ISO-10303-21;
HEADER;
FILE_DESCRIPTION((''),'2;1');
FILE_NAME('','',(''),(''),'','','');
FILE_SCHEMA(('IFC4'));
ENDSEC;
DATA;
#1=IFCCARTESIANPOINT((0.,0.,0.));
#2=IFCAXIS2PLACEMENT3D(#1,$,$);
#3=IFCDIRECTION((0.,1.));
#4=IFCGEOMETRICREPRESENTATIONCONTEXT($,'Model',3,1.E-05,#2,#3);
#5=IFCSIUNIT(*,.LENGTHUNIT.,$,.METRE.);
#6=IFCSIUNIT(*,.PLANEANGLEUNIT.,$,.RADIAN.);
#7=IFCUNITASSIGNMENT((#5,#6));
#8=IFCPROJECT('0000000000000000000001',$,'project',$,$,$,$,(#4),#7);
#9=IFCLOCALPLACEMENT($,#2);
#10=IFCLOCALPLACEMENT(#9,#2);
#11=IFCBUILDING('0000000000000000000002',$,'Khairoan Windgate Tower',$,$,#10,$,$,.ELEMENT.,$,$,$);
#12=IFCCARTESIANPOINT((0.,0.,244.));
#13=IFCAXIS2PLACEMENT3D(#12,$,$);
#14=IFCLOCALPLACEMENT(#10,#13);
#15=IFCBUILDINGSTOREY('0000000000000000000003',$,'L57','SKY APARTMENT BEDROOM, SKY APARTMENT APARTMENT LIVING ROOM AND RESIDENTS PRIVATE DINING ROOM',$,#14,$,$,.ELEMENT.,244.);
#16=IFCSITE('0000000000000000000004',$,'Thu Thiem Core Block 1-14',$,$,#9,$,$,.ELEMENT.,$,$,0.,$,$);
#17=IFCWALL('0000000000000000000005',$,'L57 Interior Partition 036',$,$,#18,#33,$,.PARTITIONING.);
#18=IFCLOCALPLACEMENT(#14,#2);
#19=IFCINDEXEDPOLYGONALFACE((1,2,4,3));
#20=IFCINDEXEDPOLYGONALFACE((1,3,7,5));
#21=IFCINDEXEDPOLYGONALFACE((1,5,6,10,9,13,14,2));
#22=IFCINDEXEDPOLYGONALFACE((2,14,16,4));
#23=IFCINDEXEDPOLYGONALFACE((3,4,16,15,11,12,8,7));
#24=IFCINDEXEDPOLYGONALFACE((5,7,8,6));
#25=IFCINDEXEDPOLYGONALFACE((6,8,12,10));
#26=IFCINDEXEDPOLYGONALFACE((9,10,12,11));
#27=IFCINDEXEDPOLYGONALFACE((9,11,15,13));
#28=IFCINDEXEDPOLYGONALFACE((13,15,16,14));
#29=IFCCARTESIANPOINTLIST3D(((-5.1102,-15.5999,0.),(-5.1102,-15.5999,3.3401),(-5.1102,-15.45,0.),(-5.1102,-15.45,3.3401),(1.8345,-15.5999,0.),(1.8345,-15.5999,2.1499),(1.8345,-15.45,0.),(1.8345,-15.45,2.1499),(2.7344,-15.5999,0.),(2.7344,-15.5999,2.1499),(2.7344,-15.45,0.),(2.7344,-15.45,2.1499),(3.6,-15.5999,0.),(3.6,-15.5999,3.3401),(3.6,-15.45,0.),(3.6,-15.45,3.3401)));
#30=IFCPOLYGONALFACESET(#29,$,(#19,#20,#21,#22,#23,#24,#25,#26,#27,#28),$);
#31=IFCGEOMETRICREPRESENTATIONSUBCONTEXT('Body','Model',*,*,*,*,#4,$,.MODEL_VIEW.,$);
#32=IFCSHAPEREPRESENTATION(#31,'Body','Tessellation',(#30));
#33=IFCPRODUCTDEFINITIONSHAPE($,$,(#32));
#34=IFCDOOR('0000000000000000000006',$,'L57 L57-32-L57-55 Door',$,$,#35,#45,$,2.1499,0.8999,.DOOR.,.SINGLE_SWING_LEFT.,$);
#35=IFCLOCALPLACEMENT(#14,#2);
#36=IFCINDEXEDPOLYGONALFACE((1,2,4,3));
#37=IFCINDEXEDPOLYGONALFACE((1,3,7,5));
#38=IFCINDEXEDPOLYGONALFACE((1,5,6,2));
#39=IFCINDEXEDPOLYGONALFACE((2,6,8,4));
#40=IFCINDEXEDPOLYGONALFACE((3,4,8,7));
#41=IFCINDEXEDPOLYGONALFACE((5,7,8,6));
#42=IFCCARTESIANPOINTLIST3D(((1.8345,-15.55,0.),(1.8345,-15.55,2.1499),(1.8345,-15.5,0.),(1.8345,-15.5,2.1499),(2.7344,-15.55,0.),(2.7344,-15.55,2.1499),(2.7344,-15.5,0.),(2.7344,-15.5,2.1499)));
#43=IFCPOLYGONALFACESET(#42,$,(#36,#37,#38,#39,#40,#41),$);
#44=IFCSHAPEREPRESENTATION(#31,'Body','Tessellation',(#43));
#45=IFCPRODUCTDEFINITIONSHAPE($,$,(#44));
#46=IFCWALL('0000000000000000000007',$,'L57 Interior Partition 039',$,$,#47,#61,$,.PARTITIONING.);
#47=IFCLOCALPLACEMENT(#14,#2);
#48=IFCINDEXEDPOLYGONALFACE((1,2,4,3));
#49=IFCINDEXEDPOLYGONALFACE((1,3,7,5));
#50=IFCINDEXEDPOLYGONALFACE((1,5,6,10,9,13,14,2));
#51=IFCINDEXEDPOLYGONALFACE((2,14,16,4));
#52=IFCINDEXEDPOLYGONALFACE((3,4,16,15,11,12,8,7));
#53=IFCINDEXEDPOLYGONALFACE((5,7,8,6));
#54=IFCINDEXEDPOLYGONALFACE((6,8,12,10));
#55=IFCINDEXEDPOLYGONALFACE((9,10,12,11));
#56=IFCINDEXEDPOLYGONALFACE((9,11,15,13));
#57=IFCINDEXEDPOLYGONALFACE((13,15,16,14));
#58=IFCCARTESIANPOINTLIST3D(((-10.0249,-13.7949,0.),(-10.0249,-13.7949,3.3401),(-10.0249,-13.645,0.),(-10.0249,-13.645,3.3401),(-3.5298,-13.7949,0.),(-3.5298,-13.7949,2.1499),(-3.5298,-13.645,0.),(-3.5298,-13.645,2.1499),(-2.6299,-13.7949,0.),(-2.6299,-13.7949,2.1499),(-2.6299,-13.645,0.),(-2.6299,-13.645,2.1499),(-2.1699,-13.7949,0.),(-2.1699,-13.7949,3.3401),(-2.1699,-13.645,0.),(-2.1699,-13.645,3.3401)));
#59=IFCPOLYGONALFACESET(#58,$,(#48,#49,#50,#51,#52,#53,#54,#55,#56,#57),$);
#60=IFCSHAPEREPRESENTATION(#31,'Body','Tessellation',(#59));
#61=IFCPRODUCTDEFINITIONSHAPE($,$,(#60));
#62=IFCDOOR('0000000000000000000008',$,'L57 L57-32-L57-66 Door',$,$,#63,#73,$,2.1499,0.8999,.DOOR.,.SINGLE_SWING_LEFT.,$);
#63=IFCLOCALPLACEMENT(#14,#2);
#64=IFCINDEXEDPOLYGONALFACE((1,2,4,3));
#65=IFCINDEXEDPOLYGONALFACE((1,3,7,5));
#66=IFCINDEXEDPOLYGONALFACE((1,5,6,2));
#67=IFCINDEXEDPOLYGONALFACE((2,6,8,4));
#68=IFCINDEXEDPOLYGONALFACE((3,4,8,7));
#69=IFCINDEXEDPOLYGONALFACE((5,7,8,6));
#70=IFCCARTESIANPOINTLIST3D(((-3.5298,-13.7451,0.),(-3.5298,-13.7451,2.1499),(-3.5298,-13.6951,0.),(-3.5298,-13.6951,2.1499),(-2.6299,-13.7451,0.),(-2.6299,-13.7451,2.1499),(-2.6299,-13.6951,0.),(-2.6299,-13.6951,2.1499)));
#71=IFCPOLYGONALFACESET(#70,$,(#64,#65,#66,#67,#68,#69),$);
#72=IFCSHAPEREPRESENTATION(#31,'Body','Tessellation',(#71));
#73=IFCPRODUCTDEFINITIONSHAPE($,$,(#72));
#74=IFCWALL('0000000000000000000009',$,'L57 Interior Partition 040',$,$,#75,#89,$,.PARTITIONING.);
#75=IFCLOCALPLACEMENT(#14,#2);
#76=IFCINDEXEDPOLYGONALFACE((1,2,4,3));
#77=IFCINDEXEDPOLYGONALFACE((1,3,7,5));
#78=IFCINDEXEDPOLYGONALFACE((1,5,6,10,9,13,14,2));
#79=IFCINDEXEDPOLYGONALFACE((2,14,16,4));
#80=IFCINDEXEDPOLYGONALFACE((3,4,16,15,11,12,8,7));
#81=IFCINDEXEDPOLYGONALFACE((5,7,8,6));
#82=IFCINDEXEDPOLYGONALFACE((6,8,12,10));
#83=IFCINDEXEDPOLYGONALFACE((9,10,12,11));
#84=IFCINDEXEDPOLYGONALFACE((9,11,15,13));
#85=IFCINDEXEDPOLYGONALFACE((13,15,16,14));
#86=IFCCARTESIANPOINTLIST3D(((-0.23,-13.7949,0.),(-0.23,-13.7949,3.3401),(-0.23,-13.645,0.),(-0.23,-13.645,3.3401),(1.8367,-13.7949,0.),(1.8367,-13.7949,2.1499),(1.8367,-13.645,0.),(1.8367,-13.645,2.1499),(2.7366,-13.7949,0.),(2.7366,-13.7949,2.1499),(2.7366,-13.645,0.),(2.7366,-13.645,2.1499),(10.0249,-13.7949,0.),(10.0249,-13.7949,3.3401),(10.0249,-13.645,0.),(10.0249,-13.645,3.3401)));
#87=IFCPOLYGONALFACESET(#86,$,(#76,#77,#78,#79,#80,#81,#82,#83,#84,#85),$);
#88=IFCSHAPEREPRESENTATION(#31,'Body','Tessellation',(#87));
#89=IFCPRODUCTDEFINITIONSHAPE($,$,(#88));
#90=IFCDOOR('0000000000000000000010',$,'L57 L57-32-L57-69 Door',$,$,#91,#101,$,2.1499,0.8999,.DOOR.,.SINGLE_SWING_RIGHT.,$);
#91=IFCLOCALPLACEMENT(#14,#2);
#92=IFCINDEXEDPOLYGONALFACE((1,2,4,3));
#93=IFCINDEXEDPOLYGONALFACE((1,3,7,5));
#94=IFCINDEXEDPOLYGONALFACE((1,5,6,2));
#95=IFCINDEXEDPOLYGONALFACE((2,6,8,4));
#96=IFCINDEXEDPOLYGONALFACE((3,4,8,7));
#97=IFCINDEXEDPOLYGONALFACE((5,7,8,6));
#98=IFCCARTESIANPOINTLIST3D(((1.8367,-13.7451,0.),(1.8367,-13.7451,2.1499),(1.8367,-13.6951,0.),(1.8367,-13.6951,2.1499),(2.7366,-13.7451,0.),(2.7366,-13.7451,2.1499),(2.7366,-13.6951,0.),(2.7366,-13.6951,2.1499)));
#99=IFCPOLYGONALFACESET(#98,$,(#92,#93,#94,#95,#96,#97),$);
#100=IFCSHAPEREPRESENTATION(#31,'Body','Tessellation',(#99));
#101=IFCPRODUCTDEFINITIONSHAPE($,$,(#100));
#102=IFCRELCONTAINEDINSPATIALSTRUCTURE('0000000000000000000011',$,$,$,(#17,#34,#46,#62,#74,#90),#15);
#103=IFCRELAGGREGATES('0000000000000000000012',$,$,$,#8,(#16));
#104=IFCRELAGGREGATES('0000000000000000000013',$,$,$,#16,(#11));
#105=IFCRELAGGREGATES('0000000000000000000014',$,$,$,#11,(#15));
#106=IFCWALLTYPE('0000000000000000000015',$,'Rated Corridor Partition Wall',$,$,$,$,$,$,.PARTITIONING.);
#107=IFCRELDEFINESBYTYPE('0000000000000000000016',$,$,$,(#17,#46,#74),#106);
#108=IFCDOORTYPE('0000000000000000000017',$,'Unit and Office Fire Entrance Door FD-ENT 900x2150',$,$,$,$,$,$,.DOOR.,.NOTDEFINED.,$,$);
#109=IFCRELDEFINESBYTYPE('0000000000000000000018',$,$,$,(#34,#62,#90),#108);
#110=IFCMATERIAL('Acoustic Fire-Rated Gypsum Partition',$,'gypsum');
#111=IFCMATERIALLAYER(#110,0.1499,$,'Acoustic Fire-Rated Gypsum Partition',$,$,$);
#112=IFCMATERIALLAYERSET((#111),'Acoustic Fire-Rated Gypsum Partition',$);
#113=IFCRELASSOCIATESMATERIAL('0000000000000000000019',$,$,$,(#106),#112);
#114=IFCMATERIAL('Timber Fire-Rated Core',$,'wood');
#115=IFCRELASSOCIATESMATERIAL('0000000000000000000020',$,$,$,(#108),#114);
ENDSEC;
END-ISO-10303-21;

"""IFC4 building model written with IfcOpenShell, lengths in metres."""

from ifc_helpers import new_model, si_unit, direction, frame, frame_2d, origin, place, context, subcontext, project, spatial, rectangle, extrude, material, layer, layer_set, type_object, element, fill, save


model = new_model("IFC4")

# Units and contexts
model_context = context("Model", 3, precision=1e-05, world=origin(), true_north=direction((0.0, 1.0)))
body_context = subcontext(model_context, "Body", "Model", "MODEL_VIEW")
ifc_project = project(units=[si_unit("LENGTHUNIT", "METRE"), si_unit("PLANEANGLEUNIT", "RADIAN")], contexts=[model_context])

# Site, building, storey
site_placement = place(None, origin())
site = spatial("IfcSite", under=ifc_project, at=site_placement, Name="Thu Thiem Core Block 1-14", CompositionType="ELEMENT", RefElevation=0.0)
building_placement = place(site_placement, origin())
building = spatial("IfcBuilding", under=site, at=building_placement, Name="Khairoan Windgate Tower", CompositionType="ELEMENT")
storey_placement = place(building_placement, frame((0.0, 0.0, 244.0)))
storey = spatial("IfcBuildingStorey", under=building, at=storey_placement, Name="L57", Description="SKY APARTMENT BEDROOM, SKY APARTMENT APARTMENT LIVING ROOM AND RESIDENTS PRIVATE DINING ROOM", CompositionType="ELEMENT", Elevation=244.0)

# Shared definitions
ifc_material_1 = material(Name="Acoustic Fire-Rated Gypsum Partition", Category="gypsum")
ifc_layer_1 = layer(ifc_material_1, 0.1499, Name="Acoustic Fire-Rated Gypsum Partition")
ifc_layer_set_1 = layer_set([ifc_layer_1], Name="Acoustic Fire-Rated Gypsum Partition")
wall_type_1 = type_object("IfcWallType", Name="Rated Corridor Partition Wall", PredefinedType="PARTITIONING", material=ifc_layer_set_1)
ifc_material_2 = material(Name="Timber Fire-Rated Core", Category="wood")
door_type = type_object("IfcDoorType", Name="Unit and Office Fire Entrance Door FD-ENT 900x2150", OperationType="NOTDEFINED", PredefinedType="DOOR", material=ifc_material_2)

# Walls, openings, doors
wall_1_placement = place(storey_placement, frame((-5.1101, -15.5249, 0.0), z_axis=(0.0, 0.0, 1.0), x_axis=(1.0, 0.0, 0.0)))
wall_1 = element("IfcWall", 1, at=wall_1_placement, inside=storey, type_object=wall_type_1, Name="L57 Interior Partition 036", PredefinedType="PARTITIONING", context=body_context, shape_type="SweptSolid", body=[
    extrude(rectangle(XDim=8.7102, YDim=0.1499, at=frame_2d((4.355, 0.0))), origin(), (0.0, 0.0, 1.0), 3.3401),
])
opening_1_placement = place(wall_1_placement, frame((6.9446, 0.0, 0.0)))
opening_1 = element("IfcOpeningElement", 2, at=opening_1_placement, cuts=wall_1, PredefinedType="OPENING", context=body_context, shape_type="SweptSolid", body=[
    extrude(rectangle(XDim=0.8999, YDim=2.1499, at=frame_2d((0.45, 1.075))), frame((0.0, 0.085, 0.0), z_axis=(0.0, -1.0, 0.0), x_axis=(1.0, 0.0, 0.0)), (0.0, 0.0, 1.0), 0.1699),
])
door_1_placement = place(opening_1_placement, origin())
door_1 = element("IfcDoor", 3, at=door_1_placement, inside=storey, type_object=door_type, Name="L57 L57-32-L57-55 Door", OperationType="SINGLE_SWING_LEFT", OverallHeight=2.1499, OverallWidth=0.8999, PredefinedType="DOOR", context=body_context, shape_type="SweptSolid", body=[
    extrude(rectangle(XDim=0.8999, YDim=2.1499, at=frame_2d((0.45, 1.075))), frame((0.0, 0.0249, 0.0), z_axis=(0.0, -1.0, 0.0), x_axis=(1.0, 0.0, 0.0)), (0.0, 0.0, 1.0), 0.05),
])
fill(opening_1, door_1)
wall_2_placement = place(storey_placement, frame((-10.0249, -13.72, 0.0), z_axis=(0.0, 0.0, 1.0), x_axis=(1.0, 0.0, 0.0)))
wall_2 = element("IfcWall", 4, at=wall_2_placement, inside=storey, type_object=wall_type_1, Name="L57 Interior Partition 039", PredefinedType="PARTITIONING", context=body_context, shape_type="SweptSolid", body=[
    extrude(rectangle(XDim=7.855, YDim=0.1499, at=frame_2d((3.9275, 0.0))), origin(), (0.0, 0.0, 1.0), 3.3401),
])
opening_2_placement = place(wall_2_placement, frame((6.4951, 0.0, 0.0)))
opening_2 = element("IfcOpeningElement", 5, at=opening_2_placement, cuts=wall_2, PredefinedType="OPENING", context=body_context, shape_type="SweptSolid", body=[
    extrude(rectangle(XDim=0.8999, YDim=2.1499, at=frame_2d((0.45, 1.075))), frame((0.0, 0.085, 0.0), z_axis=(0.0, -1.0, 0.0), x_axis=(1.0, 0.0, 0.0)), (0.0, 0.0, 1.0), 0.1699),
])
door_2_placement = place(opening_2_placement, origin())
door_2 = element("IfcDoor", 6, at=door_2_placement, inside=storey, type_object=door_type, Name="L57 L57-32-L57-66 Door", OperationType="SINGLE_SWING_LEFT", OverallHeight=2.1499, OverallWidth=0.8999, PredefinedType="DOOR", context=body_context, shape_type="SweptSolid", body=[
    extrude(rectangle(XDim=0.8999, YDim=2.1499, at=frame_2d((0.45, 1.075))), frame((0.0, 0.0249, 0.0), z_axis=(0.0, -1.0, 0.0), x_axis=(1.0, 0.0, 0.0)), (0.0, 0.0, 1.0), 0.05),
])
fill(opening_2, door_2)
wall_3_placement = place(storey_placement, frame((-0.23, -13.72, 0.0), z_axis=(0.0, 0.0, 1.0), x_axis=(1.0, 0.0, 0.0)))
wall_3 = element("IfcWall", 7, at=wall_3_placement, inside=storey, type_object=wall_type_1, Name="L57 Interior Partition 040", PredefinedType="PARTITIONING", context=body_context, shape_type="SweptSolid", body=[
    extrude(rectangle(XDim=10.2549, YDim=0.1499, at=frame_2d((5.1274, 0.0))), origin(), (0.0, 0.0, 1.0), 3.3401),
])
opening_3_placement = place(wall_3_placement, frame((2.0667, 0.0, 0.0)))
opening_3 = element("IfcOpeningElement", 8, at=opening_3_placement, cuts=wall_3, PredefinedType="OPENING", context=body_context, shape_type="SweptSolid", body=[
    extrude(rectangle(XDim=0.8999, YDim=2.1499, at=frame_2d((0.45, 1.075))), frame((0.0, 0.085, 0.0), z_axis=(0.0, -1.0, 0.0), x_axis=(1.0, 0.0, 0.0)), (0.0, 0.0, 1.0), 0.1699),
])
door_3_placement = place(opening_3_placement, origin())
door_3 = element("IfcDoor", 9, at=door_3_placement, inside=storey, type_object=door_type, Name="L57 L57-32-L57-69 Door", OperationType="SINGLE_SWING_RIGHT", OverallHeight=2.1499, OverallWidth=0.8999, PredefinedType="DOOR", context=body_context, shape_type="SweptSolid", body=[
    extrude(rectangle(XDim=0.8999, YDim=2.1499, at=frame_2d((0.45, 1.075))), frame((0.0, 0.0249, 0.0), z_axis=(0.0, -1.0, 0.0), x_axis=(1.0, 0.0, 0.0)), (0.0, 0.0, 1.0), 0.05),
])
fill(opening_3, door_3)

save(model, "model.ifc")
